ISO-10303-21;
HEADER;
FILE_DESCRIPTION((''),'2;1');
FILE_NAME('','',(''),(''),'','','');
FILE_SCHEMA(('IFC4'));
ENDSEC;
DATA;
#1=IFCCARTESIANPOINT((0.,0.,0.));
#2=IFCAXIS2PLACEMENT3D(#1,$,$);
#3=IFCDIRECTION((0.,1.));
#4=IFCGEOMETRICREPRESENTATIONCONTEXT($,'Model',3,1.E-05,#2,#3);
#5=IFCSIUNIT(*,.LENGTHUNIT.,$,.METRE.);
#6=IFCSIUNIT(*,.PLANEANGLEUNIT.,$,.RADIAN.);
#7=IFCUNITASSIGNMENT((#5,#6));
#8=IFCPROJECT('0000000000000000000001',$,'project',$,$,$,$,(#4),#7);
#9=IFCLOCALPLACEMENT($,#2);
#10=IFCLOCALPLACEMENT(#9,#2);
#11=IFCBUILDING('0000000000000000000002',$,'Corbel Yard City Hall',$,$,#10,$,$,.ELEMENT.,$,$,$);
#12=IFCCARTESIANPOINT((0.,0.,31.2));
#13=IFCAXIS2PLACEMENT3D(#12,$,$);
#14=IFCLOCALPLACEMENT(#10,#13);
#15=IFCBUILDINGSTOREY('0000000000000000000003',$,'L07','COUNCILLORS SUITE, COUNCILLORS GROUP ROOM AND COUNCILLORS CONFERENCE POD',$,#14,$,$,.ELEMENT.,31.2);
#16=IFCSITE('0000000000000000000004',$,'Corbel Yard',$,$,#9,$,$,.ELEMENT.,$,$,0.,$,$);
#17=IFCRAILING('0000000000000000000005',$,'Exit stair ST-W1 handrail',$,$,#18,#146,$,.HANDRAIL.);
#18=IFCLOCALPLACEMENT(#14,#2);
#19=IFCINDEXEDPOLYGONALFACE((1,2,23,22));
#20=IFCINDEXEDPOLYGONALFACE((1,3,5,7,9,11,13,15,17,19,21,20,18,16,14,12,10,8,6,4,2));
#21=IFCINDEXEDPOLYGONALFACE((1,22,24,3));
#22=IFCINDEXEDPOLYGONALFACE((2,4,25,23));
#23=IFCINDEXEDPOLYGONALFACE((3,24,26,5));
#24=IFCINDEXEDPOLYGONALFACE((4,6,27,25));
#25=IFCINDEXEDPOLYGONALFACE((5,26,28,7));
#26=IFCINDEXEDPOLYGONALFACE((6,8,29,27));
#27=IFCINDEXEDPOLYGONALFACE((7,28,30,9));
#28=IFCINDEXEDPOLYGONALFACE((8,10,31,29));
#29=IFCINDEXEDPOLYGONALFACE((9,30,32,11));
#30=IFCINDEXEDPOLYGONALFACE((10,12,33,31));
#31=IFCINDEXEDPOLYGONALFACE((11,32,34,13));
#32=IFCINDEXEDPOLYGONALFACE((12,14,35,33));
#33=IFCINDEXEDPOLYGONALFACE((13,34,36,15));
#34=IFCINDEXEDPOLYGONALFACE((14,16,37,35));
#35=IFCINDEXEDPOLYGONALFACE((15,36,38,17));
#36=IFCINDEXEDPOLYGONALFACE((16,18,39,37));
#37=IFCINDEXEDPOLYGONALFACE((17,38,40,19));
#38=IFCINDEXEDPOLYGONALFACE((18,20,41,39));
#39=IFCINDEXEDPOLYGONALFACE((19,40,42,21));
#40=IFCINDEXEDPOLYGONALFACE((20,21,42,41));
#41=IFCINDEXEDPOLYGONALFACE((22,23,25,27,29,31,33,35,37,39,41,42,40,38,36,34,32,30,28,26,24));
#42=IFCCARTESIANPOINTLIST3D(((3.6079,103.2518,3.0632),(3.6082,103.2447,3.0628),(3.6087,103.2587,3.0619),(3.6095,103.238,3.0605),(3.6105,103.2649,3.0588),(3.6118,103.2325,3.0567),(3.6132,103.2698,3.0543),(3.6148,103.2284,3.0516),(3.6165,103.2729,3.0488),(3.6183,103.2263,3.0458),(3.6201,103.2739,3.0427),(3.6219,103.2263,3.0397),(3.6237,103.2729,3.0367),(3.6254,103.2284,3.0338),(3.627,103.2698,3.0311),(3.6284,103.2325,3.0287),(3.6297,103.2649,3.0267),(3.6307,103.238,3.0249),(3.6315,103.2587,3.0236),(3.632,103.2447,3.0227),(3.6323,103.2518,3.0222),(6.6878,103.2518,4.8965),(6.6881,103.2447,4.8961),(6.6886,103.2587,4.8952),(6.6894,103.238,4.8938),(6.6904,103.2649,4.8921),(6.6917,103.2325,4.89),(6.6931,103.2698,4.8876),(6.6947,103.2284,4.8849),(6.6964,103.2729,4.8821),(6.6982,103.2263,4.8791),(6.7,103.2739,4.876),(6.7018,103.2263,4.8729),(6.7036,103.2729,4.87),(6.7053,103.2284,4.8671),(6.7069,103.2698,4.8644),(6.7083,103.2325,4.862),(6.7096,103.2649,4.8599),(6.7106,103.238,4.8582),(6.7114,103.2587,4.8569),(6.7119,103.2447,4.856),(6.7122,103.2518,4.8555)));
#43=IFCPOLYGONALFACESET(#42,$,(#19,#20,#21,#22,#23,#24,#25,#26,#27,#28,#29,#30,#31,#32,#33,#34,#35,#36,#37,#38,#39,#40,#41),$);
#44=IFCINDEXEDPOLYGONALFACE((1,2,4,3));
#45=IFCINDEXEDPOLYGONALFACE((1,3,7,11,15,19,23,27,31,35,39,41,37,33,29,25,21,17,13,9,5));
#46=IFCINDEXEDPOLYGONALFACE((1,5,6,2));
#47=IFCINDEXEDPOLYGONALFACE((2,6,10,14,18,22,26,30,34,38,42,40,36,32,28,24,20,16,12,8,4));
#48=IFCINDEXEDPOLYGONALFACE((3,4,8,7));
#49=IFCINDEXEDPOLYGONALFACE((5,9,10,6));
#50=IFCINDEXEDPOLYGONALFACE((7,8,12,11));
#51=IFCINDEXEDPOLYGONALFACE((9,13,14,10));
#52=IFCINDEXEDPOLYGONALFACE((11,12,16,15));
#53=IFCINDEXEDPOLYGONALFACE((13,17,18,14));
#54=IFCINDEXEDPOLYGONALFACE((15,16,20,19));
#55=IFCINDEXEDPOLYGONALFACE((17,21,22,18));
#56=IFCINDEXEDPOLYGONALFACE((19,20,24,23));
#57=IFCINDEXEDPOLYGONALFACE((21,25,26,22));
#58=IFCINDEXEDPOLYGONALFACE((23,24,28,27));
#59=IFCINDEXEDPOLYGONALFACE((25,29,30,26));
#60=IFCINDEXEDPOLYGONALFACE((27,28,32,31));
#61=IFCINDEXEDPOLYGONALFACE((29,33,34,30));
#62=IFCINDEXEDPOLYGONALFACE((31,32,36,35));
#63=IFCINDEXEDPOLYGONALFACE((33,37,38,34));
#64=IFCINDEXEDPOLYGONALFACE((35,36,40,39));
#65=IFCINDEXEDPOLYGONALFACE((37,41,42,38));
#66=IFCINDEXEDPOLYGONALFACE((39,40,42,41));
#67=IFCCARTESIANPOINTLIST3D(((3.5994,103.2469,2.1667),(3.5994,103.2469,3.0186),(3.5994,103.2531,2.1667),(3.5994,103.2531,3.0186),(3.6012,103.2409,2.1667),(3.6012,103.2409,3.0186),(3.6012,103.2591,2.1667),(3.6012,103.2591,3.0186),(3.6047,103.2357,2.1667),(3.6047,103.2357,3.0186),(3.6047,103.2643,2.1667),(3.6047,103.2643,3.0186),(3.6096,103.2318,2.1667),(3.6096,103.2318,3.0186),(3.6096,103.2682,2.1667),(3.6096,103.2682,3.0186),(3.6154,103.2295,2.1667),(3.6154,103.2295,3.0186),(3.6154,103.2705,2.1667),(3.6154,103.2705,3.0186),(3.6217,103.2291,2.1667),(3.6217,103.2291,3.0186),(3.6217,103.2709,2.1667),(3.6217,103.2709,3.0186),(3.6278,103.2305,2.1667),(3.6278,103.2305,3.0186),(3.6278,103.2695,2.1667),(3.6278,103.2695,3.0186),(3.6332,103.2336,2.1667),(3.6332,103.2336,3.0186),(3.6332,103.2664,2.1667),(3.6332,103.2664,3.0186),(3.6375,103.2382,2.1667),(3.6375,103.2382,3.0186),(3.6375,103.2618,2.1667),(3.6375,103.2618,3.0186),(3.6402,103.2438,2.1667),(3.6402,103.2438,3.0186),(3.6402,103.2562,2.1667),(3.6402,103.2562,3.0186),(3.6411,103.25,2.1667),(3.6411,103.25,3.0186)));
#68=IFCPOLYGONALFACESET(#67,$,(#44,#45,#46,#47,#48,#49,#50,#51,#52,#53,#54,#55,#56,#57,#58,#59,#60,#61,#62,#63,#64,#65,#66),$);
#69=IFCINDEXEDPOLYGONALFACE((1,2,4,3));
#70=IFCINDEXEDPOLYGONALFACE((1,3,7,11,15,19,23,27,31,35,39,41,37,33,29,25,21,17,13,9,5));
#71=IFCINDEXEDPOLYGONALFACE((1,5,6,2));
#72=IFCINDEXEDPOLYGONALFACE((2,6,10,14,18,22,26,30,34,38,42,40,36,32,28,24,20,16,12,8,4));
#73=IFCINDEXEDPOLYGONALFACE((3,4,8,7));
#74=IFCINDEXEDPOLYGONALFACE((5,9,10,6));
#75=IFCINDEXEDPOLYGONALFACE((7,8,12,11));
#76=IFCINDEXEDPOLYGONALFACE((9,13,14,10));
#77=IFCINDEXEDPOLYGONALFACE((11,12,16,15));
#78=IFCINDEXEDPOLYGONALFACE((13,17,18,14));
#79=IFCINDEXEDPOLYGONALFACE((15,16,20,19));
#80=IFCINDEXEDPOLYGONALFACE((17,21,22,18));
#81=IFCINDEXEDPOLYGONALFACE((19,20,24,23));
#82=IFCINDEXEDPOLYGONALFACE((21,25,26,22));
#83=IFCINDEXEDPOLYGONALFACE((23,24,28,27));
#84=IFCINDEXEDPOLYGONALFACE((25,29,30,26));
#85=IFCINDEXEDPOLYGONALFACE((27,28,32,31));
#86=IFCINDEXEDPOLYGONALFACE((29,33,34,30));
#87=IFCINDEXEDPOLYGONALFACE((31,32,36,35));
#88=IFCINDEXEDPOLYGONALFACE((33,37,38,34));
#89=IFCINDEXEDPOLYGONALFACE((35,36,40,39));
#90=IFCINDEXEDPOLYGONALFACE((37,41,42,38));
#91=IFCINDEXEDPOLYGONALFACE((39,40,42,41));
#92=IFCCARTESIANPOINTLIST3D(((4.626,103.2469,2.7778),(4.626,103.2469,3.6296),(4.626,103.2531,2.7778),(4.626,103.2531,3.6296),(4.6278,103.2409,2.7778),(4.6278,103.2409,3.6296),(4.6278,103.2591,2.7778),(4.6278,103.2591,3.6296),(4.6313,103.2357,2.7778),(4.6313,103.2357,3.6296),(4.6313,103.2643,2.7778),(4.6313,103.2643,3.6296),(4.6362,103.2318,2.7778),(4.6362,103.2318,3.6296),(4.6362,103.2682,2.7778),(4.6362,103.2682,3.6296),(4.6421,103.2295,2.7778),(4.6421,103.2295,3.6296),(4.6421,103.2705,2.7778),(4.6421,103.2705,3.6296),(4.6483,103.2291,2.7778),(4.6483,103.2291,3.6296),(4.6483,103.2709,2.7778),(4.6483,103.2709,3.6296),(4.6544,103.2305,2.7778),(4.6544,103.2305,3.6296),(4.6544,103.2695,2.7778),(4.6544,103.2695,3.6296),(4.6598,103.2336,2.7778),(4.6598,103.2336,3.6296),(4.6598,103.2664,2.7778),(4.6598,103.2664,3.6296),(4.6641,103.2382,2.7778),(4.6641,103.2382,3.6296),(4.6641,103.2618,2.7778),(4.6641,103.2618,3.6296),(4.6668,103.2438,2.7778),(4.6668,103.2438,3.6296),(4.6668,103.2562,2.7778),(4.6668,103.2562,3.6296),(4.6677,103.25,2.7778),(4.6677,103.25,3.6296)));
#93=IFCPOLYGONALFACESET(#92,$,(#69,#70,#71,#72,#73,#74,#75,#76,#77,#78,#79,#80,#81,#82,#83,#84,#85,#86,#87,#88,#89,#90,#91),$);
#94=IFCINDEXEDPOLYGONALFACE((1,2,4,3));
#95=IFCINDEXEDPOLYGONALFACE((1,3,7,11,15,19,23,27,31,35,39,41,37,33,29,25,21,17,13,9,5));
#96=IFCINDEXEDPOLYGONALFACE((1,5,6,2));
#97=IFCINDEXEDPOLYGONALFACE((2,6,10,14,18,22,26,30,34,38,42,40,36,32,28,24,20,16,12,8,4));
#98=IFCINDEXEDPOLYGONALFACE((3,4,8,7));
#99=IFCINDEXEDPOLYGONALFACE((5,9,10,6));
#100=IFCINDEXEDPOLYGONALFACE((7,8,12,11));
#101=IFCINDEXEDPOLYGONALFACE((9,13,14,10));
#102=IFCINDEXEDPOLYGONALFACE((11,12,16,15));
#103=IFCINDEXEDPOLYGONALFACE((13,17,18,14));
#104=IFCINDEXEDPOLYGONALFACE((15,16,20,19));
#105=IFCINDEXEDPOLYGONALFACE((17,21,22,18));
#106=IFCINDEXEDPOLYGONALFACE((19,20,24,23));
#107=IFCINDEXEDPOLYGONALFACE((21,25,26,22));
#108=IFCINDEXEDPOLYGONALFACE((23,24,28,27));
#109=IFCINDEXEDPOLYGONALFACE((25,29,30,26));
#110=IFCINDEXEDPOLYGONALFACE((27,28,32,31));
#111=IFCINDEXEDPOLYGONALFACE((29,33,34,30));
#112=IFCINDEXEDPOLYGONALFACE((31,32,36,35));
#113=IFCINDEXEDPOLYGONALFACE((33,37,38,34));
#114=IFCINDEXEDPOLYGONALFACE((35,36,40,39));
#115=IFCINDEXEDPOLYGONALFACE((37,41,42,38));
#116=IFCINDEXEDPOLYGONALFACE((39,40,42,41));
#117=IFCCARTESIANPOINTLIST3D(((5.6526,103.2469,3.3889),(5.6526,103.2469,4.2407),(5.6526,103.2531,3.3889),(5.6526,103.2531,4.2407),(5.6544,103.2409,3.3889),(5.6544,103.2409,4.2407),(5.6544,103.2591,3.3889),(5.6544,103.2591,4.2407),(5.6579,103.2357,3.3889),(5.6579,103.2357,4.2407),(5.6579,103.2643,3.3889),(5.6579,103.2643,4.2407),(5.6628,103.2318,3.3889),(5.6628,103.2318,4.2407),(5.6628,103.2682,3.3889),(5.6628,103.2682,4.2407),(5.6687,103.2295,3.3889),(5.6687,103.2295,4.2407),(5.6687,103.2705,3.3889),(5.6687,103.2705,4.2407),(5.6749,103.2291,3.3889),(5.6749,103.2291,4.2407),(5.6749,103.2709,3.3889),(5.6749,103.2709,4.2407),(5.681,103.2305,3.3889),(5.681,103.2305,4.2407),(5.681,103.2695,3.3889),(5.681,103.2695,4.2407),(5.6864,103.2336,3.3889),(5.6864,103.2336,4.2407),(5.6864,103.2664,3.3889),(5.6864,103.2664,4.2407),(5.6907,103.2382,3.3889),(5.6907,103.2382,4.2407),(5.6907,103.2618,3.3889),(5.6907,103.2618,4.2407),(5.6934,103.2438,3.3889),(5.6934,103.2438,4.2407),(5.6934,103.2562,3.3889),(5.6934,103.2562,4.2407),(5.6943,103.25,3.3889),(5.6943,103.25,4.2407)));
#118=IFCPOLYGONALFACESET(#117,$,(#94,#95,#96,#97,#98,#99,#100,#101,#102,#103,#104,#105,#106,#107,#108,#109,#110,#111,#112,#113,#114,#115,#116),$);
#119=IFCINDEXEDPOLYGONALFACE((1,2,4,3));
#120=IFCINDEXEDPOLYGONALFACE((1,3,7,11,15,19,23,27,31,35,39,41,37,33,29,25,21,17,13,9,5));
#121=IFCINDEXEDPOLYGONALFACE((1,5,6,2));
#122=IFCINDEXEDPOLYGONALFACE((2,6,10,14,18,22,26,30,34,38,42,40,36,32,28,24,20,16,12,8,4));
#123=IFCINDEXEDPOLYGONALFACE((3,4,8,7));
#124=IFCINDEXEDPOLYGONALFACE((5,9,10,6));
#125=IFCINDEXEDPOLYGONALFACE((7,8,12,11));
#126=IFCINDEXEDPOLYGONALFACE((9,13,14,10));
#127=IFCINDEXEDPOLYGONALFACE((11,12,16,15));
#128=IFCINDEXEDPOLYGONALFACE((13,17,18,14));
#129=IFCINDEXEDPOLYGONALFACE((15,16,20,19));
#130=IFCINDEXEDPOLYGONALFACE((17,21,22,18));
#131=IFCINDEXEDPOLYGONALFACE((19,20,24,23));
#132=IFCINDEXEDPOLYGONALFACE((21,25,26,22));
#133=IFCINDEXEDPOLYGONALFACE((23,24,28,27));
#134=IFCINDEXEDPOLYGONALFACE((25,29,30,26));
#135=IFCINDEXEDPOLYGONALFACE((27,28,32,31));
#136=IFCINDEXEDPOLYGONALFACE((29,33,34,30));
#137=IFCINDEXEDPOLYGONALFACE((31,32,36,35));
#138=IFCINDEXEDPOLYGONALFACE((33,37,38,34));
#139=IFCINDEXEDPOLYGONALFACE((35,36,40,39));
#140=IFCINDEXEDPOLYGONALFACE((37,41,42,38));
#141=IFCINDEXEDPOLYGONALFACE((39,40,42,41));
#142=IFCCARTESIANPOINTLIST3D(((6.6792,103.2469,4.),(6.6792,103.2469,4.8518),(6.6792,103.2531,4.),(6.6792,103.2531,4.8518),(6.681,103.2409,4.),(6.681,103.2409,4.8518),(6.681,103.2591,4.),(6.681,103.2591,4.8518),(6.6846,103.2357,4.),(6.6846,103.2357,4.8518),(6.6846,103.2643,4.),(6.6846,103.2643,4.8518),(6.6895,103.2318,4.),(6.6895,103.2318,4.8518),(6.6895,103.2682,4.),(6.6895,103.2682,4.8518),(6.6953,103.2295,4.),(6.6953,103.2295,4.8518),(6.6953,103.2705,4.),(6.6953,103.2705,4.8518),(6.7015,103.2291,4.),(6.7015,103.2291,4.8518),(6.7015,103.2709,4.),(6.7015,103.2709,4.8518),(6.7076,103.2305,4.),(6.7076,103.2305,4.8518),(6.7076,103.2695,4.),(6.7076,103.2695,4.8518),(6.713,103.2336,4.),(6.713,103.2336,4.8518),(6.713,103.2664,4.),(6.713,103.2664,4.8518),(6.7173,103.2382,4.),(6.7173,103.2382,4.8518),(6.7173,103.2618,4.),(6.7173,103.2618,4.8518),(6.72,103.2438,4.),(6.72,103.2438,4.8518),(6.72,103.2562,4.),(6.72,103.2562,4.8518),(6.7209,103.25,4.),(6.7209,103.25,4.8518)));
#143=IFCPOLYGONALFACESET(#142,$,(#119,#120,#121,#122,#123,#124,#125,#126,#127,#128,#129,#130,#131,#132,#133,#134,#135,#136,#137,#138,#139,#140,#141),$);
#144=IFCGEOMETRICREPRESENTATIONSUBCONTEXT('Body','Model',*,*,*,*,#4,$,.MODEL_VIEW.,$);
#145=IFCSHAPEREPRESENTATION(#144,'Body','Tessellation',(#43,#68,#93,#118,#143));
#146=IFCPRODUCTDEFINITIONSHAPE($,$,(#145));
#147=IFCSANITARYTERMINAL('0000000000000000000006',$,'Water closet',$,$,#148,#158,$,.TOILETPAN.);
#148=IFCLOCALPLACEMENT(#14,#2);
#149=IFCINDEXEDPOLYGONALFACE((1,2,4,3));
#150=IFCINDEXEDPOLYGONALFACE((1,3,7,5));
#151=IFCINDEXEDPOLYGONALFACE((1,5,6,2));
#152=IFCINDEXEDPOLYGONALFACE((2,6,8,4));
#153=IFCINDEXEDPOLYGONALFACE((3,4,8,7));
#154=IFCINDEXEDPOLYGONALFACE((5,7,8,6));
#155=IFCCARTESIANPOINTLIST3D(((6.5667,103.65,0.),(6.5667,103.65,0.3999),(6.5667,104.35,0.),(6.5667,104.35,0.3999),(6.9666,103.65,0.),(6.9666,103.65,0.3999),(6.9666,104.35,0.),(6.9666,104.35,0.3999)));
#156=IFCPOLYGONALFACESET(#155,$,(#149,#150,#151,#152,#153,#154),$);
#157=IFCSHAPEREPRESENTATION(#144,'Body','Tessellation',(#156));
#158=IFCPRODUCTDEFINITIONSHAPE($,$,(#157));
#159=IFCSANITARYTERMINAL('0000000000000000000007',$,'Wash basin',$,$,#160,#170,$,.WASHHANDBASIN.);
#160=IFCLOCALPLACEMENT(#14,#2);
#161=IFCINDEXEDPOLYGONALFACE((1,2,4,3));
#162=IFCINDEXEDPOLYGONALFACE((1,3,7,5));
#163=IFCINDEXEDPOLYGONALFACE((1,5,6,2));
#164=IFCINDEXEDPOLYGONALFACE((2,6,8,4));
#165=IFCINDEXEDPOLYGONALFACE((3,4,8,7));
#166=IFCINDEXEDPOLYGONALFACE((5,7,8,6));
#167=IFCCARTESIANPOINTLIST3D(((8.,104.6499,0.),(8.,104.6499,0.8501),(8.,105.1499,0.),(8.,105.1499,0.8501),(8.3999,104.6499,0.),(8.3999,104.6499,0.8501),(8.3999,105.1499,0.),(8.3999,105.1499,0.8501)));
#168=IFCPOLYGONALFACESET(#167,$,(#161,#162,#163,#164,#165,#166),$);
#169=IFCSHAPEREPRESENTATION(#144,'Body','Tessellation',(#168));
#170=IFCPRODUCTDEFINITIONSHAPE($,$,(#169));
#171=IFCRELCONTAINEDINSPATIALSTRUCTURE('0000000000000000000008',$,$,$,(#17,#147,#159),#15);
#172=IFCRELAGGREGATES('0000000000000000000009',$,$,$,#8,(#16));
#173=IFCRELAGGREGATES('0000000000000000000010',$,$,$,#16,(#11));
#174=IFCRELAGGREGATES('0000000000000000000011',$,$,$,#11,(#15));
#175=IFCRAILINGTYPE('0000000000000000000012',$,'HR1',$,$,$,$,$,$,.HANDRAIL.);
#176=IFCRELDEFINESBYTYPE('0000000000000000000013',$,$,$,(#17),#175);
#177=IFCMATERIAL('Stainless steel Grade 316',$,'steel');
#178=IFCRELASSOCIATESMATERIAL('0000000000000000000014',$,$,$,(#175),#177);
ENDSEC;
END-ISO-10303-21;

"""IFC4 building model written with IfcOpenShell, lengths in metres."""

from ifc_helpers import new_model, si_unit, direction, frame, origin, origin_2d, place, context, subcontext, project, spatial, rectangle, circle, extrude, material, type_object, element, save


model = new_model("IFC4")

# Units and contexts
model_context = context("Model", 3, precision=1e-05, world=origin(), true_north=direction((0.0, 1.0)))
body_context = subcontext(model_context, "Body", "Model", "MODEL_VIEW")
ifc_project = project(units=[si_unit("LENGTHUNIT", "METRE"), si_unit("PLANEANGLEUNIT", "RADIAN")], contexts=[model_context])

# Site, building, storey
site_placement = place(None, origin())
site = spatial("IfcSite", under=ifc_project, at=site_placement, Name="Corbel Yard", CompositionType="ELEMENT", RefElevation=0.0)
building_placement = place(site_placement, origin())
building = spatial("IfcBuilding", under=site, at=building_placement, Name="Corbel Yard City Hall", CompositionType="ELEMENT")
storey_placement = place(building_placement, frame((0.0, 0.0, 31.2)))
storey = spatial("IfcBuildingStorey", under=building, at=storey_placement, Name="L07", Description="COUNCILLORS SUITE, COUNCILLORS GROUP ROOM AND COUNCILLORS CONFERENCE POD", CompositionType="ELEMENT", Elevation=31.2)

# Shared definitions
ifc_material_1 = material(Name="Stainless steel Grade 316", Category="steel")

# Railing
railing_type = type_object("IfcRailingType", Name="HR1", PredefinedType="HANDRAIL", material=ifc_material_1)
for number, where, name in (
    (1, (3.6201, 103.25, 2.1667), "Exit stair ST-W1 handrail"),
):
    element("IfcRailing", number, at=place(storey_placement, frame(where)), inside=storey, type_object=railing_type, Name=name, PredefinedType="HANDRAIL", context=body_context, shape_type="SweptSolid", body=[
        extrude(circle(Radius=0.0239, at=origin_2d()), frame((0.0, 0.0, 0.876), z_axis=(0.859291, 0.0, 0.511487), x_axis=(0.0, 1.0, 0.0)), (0.0, 0.0, 1.0), 3.5842),
        extrude(circle(Radius=0.021, at=origin_2d()), origin(), (0.0, 0.0, 1.0), 0.8518),
        extrude(circle(Radius=0.021, at=origin_2d()), frame((1.0266, 0.0, 0.6111)), (0.0, 0.0, 1.0), 0.8518),
        extrude(circle(Radius=0.021, at=origin_2d()), frame((2.0532, 0.0, 1.2222)), (0.0, 0.0, 1.0), 0.8518),
        extrude(circle(Radius=0.021, at=origin_2d()), frame((3.0798, 0.0, 1.8333)), (0.0, 0.0, 1.0), 0.8518),
    ])

# Sanitary terminals
sanitary_terminal_1_placement = place(storey_placement, frame((6.7666, 104.0, 0.0), z_axis=(0.0, 0.0, 1.0), x_axis=(1.0, 0.0, 0.0)))
element("IfcSanitaryTerminal", 2, at=sanitary_terminal_1_placement, inside=storey, Name="Water closet", PredefinedType="TOILETPAN", context=body_context, shape_type="SweptSolid", body=[
    extrude(rectangle(XDim=0.3999, YDim=0.7, at=origin_2d()), origin(), (0.0, 0.0, 1.0), 0.3999),
])
sanitary_terminal_2_placement = place(storey_placement, frame((8.2, 104.8999, 0.0), z_axis=(0.0, 0.0, 1.0), x_axis=(1.0, 0.0, 0.0)))
element("IfcSanitaryTerminal", 3, at=sanitary_terminal_2_placement, inside=storey, Name="Wash basin", PredefinedType="WASHHANDBASIN", context=body_context, shape_type="SweptSolid", body=[
    extrude(rectangle(XDim=0.3999, YDim=0.5, at=origin_2d()), origin(), (0.0, 0.0, 1.0), 0.8501),
])

save(model, "model.ifc")
